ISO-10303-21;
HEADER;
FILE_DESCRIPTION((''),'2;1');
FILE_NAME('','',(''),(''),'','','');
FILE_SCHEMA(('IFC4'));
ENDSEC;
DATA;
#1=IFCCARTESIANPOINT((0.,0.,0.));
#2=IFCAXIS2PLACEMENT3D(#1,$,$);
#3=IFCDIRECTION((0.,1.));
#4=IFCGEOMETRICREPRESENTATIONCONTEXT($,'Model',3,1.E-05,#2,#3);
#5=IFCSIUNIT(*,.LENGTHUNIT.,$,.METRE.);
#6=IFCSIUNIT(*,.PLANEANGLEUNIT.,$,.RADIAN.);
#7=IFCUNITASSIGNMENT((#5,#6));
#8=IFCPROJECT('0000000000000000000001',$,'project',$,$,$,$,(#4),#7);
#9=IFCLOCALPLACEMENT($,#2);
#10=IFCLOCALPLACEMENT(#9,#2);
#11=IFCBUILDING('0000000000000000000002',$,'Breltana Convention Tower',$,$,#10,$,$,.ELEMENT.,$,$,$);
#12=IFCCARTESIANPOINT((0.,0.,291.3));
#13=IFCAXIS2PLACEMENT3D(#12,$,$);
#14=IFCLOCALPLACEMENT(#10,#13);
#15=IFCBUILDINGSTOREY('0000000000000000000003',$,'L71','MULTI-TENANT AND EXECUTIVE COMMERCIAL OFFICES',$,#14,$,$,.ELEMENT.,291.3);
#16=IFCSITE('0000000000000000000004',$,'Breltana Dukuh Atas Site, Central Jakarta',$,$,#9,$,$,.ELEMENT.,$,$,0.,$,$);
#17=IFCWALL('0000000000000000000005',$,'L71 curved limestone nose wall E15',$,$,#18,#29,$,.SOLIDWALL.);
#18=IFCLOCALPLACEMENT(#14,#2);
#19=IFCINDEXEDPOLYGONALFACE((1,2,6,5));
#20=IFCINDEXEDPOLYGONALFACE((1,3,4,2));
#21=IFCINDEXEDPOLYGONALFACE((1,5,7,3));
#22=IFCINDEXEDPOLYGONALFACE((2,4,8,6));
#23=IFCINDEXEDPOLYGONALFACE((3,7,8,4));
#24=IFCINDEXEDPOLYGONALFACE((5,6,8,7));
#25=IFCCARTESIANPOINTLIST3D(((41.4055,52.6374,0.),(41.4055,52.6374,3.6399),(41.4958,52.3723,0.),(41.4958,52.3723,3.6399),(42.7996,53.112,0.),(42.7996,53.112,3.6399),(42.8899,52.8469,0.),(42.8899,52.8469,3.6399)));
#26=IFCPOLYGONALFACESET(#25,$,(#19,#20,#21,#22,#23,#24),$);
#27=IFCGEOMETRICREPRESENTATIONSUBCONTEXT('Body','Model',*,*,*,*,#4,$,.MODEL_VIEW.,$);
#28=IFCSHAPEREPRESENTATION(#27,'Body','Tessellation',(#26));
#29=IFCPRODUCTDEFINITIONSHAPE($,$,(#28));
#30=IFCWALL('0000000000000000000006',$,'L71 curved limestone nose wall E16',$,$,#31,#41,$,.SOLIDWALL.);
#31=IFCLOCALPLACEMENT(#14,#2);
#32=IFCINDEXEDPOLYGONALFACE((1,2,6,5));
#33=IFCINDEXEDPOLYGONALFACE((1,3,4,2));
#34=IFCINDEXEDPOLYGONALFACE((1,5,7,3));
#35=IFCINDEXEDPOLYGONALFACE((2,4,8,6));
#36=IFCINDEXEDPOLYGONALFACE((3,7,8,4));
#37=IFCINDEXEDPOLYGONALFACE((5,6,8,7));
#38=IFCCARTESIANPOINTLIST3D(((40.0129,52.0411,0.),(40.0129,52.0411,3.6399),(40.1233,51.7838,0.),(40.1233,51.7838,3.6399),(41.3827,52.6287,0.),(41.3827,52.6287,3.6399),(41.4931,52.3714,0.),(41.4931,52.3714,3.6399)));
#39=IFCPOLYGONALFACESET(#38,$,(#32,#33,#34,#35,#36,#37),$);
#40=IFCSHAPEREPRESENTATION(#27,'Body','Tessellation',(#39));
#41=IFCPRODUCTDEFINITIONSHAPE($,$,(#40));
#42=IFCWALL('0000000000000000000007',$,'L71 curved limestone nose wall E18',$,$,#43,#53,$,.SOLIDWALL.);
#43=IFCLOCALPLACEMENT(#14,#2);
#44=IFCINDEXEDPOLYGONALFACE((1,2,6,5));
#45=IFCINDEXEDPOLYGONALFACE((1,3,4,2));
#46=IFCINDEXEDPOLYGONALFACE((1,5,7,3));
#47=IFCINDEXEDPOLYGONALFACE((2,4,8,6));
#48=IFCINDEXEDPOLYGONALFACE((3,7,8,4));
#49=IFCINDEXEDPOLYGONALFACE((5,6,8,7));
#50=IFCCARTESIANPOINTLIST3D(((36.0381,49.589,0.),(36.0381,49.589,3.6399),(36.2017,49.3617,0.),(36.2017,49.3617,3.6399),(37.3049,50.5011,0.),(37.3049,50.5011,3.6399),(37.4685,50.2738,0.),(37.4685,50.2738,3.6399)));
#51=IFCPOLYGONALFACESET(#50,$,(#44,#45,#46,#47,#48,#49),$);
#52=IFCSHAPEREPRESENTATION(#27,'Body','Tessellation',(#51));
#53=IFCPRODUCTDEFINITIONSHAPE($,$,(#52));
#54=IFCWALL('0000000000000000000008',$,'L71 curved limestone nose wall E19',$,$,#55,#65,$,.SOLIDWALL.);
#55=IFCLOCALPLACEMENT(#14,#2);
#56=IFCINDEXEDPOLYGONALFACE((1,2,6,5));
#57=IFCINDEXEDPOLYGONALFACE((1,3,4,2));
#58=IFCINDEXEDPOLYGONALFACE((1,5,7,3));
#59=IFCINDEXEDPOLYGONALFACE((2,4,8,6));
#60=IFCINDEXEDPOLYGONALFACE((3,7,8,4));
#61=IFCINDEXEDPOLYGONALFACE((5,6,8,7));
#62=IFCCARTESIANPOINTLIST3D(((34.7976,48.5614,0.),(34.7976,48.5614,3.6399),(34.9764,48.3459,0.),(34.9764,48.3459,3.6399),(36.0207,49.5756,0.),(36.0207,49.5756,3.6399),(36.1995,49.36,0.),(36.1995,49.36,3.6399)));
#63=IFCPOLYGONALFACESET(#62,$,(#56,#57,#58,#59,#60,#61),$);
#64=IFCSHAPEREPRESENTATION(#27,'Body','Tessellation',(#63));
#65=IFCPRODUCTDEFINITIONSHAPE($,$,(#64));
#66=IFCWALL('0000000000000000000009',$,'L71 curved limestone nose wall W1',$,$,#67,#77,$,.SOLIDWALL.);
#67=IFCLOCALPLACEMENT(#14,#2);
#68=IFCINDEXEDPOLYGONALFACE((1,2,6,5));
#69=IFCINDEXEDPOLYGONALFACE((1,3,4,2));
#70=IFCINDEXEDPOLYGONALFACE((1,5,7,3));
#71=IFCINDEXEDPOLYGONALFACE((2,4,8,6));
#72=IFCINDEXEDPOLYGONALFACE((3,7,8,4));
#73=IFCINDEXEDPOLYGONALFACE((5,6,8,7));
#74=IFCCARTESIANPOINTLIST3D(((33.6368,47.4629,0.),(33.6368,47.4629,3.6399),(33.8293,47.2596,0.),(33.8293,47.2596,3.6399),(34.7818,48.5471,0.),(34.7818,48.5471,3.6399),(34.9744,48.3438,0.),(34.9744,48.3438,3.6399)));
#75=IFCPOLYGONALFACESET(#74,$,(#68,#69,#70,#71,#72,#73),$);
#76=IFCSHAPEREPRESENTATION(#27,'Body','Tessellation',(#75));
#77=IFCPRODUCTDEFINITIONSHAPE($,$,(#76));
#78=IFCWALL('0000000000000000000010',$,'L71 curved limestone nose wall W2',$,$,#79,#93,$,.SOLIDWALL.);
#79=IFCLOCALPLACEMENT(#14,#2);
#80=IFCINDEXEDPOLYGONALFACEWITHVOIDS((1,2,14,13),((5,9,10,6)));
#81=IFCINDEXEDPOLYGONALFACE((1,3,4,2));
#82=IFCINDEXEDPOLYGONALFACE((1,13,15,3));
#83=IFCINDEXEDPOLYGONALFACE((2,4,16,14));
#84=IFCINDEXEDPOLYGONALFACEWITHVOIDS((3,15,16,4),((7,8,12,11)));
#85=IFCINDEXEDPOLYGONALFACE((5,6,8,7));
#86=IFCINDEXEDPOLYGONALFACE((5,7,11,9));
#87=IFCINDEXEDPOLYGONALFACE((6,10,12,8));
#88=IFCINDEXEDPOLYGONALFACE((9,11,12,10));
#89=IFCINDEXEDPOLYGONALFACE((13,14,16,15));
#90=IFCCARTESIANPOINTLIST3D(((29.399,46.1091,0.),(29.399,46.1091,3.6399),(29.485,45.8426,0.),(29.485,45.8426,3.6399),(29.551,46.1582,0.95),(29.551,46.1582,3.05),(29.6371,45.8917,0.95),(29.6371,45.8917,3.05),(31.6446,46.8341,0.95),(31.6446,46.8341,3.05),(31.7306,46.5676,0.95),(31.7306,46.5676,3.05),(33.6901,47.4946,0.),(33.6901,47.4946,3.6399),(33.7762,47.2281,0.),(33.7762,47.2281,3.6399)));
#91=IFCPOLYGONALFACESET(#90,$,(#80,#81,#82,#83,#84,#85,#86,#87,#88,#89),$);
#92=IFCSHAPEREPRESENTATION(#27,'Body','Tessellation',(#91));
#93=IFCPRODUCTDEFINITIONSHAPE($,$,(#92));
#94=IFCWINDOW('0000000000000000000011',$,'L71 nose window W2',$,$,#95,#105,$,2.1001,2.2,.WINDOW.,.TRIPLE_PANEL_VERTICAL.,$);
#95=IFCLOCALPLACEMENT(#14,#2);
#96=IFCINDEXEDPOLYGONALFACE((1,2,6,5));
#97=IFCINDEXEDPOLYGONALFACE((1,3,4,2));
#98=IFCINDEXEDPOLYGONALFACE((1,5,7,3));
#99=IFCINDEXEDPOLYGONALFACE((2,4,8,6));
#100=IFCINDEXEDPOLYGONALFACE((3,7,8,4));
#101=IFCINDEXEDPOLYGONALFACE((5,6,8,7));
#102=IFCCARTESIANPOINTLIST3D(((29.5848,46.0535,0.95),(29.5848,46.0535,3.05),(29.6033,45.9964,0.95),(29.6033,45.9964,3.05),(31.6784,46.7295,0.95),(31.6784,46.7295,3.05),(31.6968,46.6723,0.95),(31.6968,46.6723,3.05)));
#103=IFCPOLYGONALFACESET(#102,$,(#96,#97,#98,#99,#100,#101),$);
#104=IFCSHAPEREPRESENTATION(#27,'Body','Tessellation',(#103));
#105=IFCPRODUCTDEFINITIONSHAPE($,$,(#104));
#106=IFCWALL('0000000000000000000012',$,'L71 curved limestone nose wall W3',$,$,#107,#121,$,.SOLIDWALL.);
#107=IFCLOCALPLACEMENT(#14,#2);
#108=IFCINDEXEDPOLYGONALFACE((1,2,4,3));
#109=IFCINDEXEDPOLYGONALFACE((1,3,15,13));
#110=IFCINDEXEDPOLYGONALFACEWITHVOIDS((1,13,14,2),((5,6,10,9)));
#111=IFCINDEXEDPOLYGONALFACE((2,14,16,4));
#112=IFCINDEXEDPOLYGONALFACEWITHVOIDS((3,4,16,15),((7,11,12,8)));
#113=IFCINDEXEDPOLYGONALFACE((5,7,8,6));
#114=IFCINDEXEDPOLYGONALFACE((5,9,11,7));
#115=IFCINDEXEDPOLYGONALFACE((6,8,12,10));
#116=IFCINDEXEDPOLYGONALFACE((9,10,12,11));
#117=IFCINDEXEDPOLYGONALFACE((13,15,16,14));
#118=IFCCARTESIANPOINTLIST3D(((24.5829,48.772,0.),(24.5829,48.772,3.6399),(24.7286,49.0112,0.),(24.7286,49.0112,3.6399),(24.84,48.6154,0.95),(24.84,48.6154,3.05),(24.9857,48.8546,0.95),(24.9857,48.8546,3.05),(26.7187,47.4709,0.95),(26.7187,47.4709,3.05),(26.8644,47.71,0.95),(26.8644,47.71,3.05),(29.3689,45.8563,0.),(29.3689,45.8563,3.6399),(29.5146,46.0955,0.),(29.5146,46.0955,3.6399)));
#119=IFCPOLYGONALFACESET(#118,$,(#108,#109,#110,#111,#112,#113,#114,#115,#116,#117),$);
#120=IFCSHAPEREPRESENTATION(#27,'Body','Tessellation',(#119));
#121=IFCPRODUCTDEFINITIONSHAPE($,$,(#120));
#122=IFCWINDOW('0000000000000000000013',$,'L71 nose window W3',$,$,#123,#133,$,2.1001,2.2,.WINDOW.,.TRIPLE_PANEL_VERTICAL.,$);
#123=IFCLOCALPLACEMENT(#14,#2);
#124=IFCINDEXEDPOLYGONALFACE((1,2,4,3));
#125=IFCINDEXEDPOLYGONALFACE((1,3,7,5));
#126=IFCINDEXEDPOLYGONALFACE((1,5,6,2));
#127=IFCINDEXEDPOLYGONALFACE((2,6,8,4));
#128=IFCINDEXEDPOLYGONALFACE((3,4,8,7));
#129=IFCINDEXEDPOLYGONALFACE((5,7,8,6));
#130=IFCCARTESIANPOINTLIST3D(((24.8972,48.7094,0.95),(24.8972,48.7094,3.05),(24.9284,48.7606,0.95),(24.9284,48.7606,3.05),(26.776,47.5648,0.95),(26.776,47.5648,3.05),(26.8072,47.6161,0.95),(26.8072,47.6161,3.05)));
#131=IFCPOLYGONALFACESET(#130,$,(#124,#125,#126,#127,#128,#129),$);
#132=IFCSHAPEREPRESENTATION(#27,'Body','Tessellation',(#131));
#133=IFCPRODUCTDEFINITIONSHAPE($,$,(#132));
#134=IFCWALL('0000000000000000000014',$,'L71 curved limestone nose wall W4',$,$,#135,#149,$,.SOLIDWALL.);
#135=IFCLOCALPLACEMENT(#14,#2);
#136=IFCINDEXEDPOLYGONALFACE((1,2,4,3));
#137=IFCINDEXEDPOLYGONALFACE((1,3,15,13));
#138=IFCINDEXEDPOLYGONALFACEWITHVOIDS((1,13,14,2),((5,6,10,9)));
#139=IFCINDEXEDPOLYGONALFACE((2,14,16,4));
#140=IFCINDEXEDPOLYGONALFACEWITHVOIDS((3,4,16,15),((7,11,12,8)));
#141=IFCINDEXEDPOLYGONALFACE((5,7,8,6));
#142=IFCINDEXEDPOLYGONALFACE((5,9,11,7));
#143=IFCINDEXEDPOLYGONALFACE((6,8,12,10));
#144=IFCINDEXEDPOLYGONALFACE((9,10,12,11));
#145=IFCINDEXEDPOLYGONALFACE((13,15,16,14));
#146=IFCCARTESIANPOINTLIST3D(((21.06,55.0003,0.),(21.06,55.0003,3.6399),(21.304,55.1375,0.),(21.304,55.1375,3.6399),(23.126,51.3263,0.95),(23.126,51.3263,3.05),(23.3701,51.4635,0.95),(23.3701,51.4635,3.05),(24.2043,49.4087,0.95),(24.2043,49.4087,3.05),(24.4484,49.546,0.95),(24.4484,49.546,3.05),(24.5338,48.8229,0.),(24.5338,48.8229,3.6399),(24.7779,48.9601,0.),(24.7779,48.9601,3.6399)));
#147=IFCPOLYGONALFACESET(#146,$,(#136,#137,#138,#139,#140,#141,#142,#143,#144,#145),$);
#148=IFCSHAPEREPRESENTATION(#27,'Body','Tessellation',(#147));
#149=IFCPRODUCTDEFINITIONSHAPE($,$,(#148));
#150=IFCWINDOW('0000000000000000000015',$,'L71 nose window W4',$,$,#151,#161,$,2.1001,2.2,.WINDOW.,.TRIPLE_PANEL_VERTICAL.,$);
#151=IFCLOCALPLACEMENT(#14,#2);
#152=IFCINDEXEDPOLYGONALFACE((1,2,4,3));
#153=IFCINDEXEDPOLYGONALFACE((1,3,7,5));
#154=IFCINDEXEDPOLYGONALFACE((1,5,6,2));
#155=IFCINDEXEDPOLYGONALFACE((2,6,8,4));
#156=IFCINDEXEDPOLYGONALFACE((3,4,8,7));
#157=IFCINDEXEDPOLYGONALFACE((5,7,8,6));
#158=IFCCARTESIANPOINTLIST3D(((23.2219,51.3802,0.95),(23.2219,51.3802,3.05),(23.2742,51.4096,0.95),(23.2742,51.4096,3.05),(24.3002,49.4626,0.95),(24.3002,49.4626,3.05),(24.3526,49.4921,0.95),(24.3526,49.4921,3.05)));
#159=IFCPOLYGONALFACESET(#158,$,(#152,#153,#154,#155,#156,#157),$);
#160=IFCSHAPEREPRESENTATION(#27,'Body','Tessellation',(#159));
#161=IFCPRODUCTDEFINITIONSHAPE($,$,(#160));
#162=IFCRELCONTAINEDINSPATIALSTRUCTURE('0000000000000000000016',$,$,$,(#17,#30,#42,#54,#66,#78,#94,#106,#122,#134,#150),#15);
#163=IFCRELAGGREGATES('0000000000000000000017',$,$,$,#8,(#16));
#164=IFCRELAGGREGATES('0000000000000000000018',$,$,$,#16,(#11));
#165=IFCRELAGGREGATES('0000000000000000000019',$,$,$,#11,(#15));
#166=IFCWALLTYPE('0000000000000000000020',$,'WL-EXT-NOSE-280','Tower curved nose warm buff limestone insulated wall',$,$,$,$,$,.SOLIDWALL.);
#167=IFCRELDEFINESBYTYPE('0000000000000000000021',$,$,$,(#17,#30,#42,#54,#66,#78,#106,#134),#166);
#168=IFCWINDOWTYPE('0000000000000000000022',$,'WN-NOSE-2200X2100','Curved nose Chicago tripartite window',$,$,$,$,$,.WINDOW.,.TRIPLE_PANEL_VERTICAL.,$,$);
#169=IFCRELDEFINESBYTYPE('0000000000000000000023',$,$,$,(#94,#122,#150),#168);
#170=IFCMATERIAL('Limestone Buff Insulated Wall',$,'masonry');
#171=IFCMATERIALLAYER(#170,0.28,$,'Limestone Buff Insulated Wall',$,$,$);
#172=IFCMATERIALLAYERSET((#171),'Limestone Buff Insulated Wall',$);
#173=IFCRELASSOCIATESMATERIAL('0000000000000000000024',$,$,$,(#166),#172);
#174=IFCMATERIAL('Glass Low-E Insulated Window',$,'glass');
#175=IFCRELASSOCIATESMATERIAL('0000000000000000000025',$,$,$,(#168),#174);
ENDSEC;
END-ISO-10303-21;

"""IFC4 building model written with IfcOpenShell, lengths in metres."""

from ifc_helpers import new_model, si_unit, direction, frame, frame_2d, origin, place, context, subcontext, project, spatial, rectangle, extrude, source, transform, mapped, material, layer, layer_set, type_object, type_shapes, element, fill, save


model = new_model("IFC4")

# Units and contexts
model_context = context("Model", 3, precision=1e-05, world=origin(), true_north=direction((0.0, 1.0)))
body_context = subcontext(model_context, "Body", "Model", "MODEL_VIEW")
ifc_project = project(units=[si_unit("LENGTHUNIT", "METRE"), si_unit("PLANEANGLEUNIT", "RADIAN")], contexts=[model_context])

# Site, building, storey
site_placement = place(None, origin())
site = spatial("IfcSite", under=ifc_project, at=site_placement, Name="Breltana Dukuh Atas Site, Central Jakarta", CompositionType="ELEMENT", RefElevation=0.0)
building_placement = place(site_placement, origin())
building = spatial("IfcBuilding", under=site, at=building_placement, Name="Breltana Convention Tower", CompositionType="ELEMENT")
storey_placement = place(building_placement, frame((0.0, 0.0, 291.3)))
storey = spatial("IfcBuildingStorey", under=building, at=storey_placement, Name="L71", Description="MULTI-TENANT AND EXECUTIVE COMMERCIAL OFFICES", CompositionType="ELEMENT", Elevation=291.3)

# Walls
ifc_material_1 = material(Name="Limestone Buff Insulated Wall", Category="masonry")
ifc_layer_1 = layer(ifc_material_1, 0.28, Name="Limestone Buff Insulated Wall")
ifc_layer_set_1 = layer_set([ifc_layer_1], Name="Limestone Buff Insulated Wall")
wall_type_1 = type_object("IfcWallType", Name="WL-EXT-NOSE-280", Description="Tower curved nose warm buff limestone insulated wall", PredefinedType="SOLIDWALL", material=ifc_layer_set_1)
shared_shape_1 = source(origin(), body_context, "Body", "SweptSolid", [
    extrude(rectangle(XDim=1.4727, YDim=0.28, at=frame_2d((0.7363, 0.0))), origin(), (0.0, 0.0, 1.0), 3.6399),
])
wall_1_placement = place(storey_placement, frame((42.8447, 52.9795, 0.0), z_axis=(0.0, 0.0, 1.0), x_axis=(-0.946641, -0.322289, 0.0)))
element("IfcWall", 1, at=wall_1_placement, inside=storey, type_object=wall_type_1, Name="L71 curved limestone nose wall E15", PredefinedType="SOLIDWALL", context=body_context, shape_type="MappedRepresentation", body=[
    mapped(shared_shape_1, transform((0.0, 0.0, 0.0), scale=1.0)),
])
shared_shape_2 = source(origin(), body_context, "Body", "SweptSolid", [
    extrude(rectangle(XDim=1.4905, YDim=0.28, at=frame_2d((0.7451, 0.0))), origin(), (0.0, 0.0, 1.0), 3.6399),
])
wall_2_placement = place(storey_placement, frame((41.4377, 52.5, 0.0), z_axis=(0.0, 0.0, 1.0), x_axis=(-0.919009, -0.394236, 0.0)))
element("IfcWall", 2, at=wall_2_placement, inside=storey, type_object=wall_type_1, Name="L71 curved limestone nose wall E16", PredefinedType="SOLIDWALL", context=body_context, shape_type="MappedRepresentation", body=[
    mapped(shared_shape_2, transform((0.0, 0.0, 0.0), scale=1.0)),
])
shared_shape_3 = source(origin(), body_context, "Body", "SweptSolid", [
    extrude(rectangle(XDim=1.561, YDim=0.28, at=frame_2d((0.7805, 0.0))), origin(), (0.0, 0.0, 1.0), 3.6399),
])
wall_3_placement = place(storey_placement, frame((37.3867, 50.3875, 0.0), z_axis=(0.0, 0.0, 1.0), x_axis=(-0.81154, -0.584296, 0.0)))
element("IfcWall", 3, at=wall_3_placement, inside=storey, type_object=wall_type_1, Name="L71 curved limestone nose wall E18", PredefinedType="SOLIDWALL", context=body_context, shape_type="MappedRepresentation", body=[
    mapped(shared_shape_3, transform((0.0, 0.0, 0.0), scale=1.0)),
])
shared_shape_4 = source(origin(), body_context, "Body", "SweptSolid", [
    extrude(rectangle(XDim=1.5889, YDim=0.28, at=frame_2d((0.7944, 0.0))), origin(), (0.0, 0.0, 1.0), 3.6399),
])
wall_4_placement = place(storey_placement, frame((36.1101, 49.4678, 0.0), z_axis=(0.0, 0.0, 1.0), x_axis=(-0.769806, -0.638278, 0.0)))
element("IfcWall", 4, at=wall_4_placement, inside=storey, type_object=wall_type_1, Name="L71 curved limestone nose wall E19", PredefinedType="SOLIDWALL", context=body_context, shape_type="MappedRepresentation", body=[
    mapped(shared_shape_4, transform((0.0, 0.0, 0.0), scale=1.0)),
])
shared_shape_5 = source(origin(), body_context, "Body", "SweptSolid", [
    extrude(rectangle(XDim=1.5769, YDim=0.28, at=frame_2d((0.7886, 0.0))), origin(), (0.0, 0.0, 1.0), 3.6399),
])
wall_5_placement = place(storey_placement, frame((34.8782, 48.4456, 0.0), z_axis=(0.0, 0.0, 1.0), x_axis=(-0.726119, -0.687569, 0.0)))
element("IfcWall", 5, at=wall_5_placement, inside=storey, type_object=wall_type_1, Name="L71 curved limestone nose wall W1", PredefinedType="SOLIDWALL", context=body_context, shape_type="MappedRepresentation", body=[
    mapped(shared_shape_5, transform((0.0, 0.0, 0.0), scale=1.0)),
])

# Walls, openings, windows
shared_shape_6 = source(origin(), body_context, "Body", "SweptSolid", [
    extrude(rectangle(XDim=4.5093, YDim=0.28, at=frame_2d((2.2546, 0.0))), origin(), (0.0, 0.0, 1.0), 3.6399),
])
wall_6_placement = place(storey_placement, frame((33.7332, 47.3613, 0.0), z_axis=(0.0, 0.0, 1.0), x_axis=(-0.951629, -0.307248, 0.0)))
wall_6 = element("IfcWall", 6, at=wall_6_placement, inside=storey, type_object=wall_type_1, Name="L71 curved limestone nose wall W2", PredefinedType="SOLIDWALL", context=body_context, shape_type="MappedRepresentation", body=[
    mapped(shared_shape_6, transform((0.0, 0.0, 0.0), scale=1.0)),
])
opening_1_placement = place(wall_6_placement, frame((2.1494, 0.0, 0.95)))
opening_1 = element("IfcOpeningElement", 7, at=opening_1_placement, cuts=wall_6, PredefinedType="OPENING", context=body_context, shape_type="SweptSolid", body=[
    extrude(rectangle(XDim=2.2, YDim=2.1001, at=frame_2d((1.1001, 1.05))), frame((0.0, 0.1499, 0.0), z_axis=(0.0, -1.0, 0.0), x_axis=(1.0, 0.0, 0.0)), (0.0, 0.0, 1.0), 0.3),
])
ifc_material_2 = material(Name="Glass Low-E Insulated Window", Category="glass")
window_type = type_object("IfcWindowType", Name="WN-NOSE-2200X2100", Description="Curved nose Chicago tripartite window", PartitioningType="TRIPLE_PANEL_VERTICAL", PredefinedType="WINDOW", material=ifc_material_2)
shared_shape_7 = source(origin(), body_context, "Body", "SweptSolid", [
    extrude(rectangle(XDim=2.2, YDim=2.1001, at=frame_2d((1.1001, 1.05))), frame((0.0, 0.03, 0.0), z_axis=(0.0, -1.0, 0.0), x_axis=(1.0, 0.0, 0.0)), (0.0, 0.0, 1.0), 0.0601),
])
type_shapes(window_type, [shared_shape_7])
window_1_placement = place(opening_1_placement, origin())
window_1 = element("IfcWindow", 8, at=window_1_placement, inside=storey, type_object=window_type, Name="L71 nose window W2", OverallHeight=2.1001, OverallWidth=2.2, PartitioningType="TRIPLE_PANEL_VERTICAL", PredefinedType="WINDOW", context=body_context, shape_type="MappedRepresentation", body=[
    mapped(shared_shape_7, transform((0.0, 0.0, 0.0), scale=1.0)),
])
fill(opening_1, window_1)
shared_shape_8 = source(origin(), body_context, "Body", "SweptSolid", [
    extrude(rectangle(XDim=5.6042, YDim=0.28, at=frame_2d((2.8022, 0.0))), origin(), (0.0, 0.0, 1.0), 3.6399),
])
wall_7_placement = place(storey_placement, frame((29.4419, 45.9758, 0.0), z_axis=(0.0, 0.0, 1.0), x_axis=(-0.854002, 0.520269, 0.0)))
wall_7 = element("IfcWall", 9, at=wall_7_placement, inside=storey, type_object=wall_type_1, Name="L71 curved limestone nose wall W3", PredefinedType="SOLIDWALL", context=body_context, shape_type="MappedRepresentation", body=[
    mapped(shared_shape_8, transform((0.0, 0.0, 0.0), scale=1.0)),
])
opening_2_placement = place(wall_7_placement, frame((3.1033, 0.0, 0.95)))
opening_2 = element("IfcOpeningElement", 10, at=opening_2_placement, cuts=wall_7, PredefinedType="OPENING", context=body_context, shape_type="SweptSolid", body=[
    extrude(rectangle(XDim=2.2, YDim=2.1001, at=frame_2d((1.1001, 1.05))), frame((0.0, 0.1499, 0.0), z_axis=(0.0, -1.0, 0.0), x_axis=(1.0, 0.0, 0.0)), (0.0, 0.0, 1.0), 0.3),
])
window_2_placement = place(opening_2_placement, origin())
window_2 = element("IfcWindow", 11, at=window_2_placement, inside=storey, type_object=window_type, Name="L71 nose window W3", OverallHeight=2.1001, OverallWidth=2.2, PartitioningType="TRIPLE_PANEL_VERTICAL", PredefinedType="WINDOW", context=body_context, shape_type="MappedRepresentation", body=[
    mapped(shared_shape_7, transform((0.0, 0.0, 0.0), scale=1.0)),
])
fill(opening_2, window_2)
shared_shape_9 = source(origin(), body_context, "Body", "SweptSolid", [
    extrude(rectangle(XDim=7.0872, YDim=0.28, at=frame_2d((3.5435, 0.0))), origin(), (0.0, 0.0, 1.0), 3.6399),
])
wall_8_placement = place(storey_placement, frame((24.6558, 48.8916, 0.0), z_axis=(0.0, 0.0, 1.0), x_axis=(-0.490158, 0.871633, 0.0)))
wall_8 = element("IfcWall", 12, at=wall_8_placement, inside=storey, type_object=wall_type_1, Name="L71 curved limestone nose wall W4", PredefinedType="SOLIDWALL", context=body_context, shape_type="MappedRepresentation", body=[
    mapped(shared_shape_9, transform((0.0, 0.0, 0.0), scale=1.0)),
])
opening_3_placement = place(wall_8_placement, frame((0.6719, 0.0, 0.95)))
opening_3 = element("IfcOpeningElement", 13, at=opening_3_placement, cuts=wall_8, PredefinedType="OPENING", context=body_context, shape_type="SweptSolid", body=[
    extrude(rectangle(XDim=2.2, YDim=2.1001, at=frame_2d((1.1001, 1.05))), frame((0.0, 0.1499, 0.0), z_axis=(0.0, -1.0, 0.0), x_axis=(1.0, 0.0, 0.0)), (0.0, 0.0, 1.0), 0.3),
])
window_3_placement = place(opening_3_placement, origin())
window_3 = element("IfcWindow", 14, at=window_3_placement, inside=storey, type_object=window_type, Name="L71 nose window W4", OverallHeight=2.1001, OverallWidth=2.2, PartitioningType="TRIPLE_PANEL_VERTICAL", PredefinedType="WINDOW", context=body_context, shape_type="MappedRepresentation", body=[
    mapped(shared_shape_7, transform((0.0, 0.0, 0.0), scale=1.0)),
])
fill(opening_3, window_3)

save(model, "model.ifc")
